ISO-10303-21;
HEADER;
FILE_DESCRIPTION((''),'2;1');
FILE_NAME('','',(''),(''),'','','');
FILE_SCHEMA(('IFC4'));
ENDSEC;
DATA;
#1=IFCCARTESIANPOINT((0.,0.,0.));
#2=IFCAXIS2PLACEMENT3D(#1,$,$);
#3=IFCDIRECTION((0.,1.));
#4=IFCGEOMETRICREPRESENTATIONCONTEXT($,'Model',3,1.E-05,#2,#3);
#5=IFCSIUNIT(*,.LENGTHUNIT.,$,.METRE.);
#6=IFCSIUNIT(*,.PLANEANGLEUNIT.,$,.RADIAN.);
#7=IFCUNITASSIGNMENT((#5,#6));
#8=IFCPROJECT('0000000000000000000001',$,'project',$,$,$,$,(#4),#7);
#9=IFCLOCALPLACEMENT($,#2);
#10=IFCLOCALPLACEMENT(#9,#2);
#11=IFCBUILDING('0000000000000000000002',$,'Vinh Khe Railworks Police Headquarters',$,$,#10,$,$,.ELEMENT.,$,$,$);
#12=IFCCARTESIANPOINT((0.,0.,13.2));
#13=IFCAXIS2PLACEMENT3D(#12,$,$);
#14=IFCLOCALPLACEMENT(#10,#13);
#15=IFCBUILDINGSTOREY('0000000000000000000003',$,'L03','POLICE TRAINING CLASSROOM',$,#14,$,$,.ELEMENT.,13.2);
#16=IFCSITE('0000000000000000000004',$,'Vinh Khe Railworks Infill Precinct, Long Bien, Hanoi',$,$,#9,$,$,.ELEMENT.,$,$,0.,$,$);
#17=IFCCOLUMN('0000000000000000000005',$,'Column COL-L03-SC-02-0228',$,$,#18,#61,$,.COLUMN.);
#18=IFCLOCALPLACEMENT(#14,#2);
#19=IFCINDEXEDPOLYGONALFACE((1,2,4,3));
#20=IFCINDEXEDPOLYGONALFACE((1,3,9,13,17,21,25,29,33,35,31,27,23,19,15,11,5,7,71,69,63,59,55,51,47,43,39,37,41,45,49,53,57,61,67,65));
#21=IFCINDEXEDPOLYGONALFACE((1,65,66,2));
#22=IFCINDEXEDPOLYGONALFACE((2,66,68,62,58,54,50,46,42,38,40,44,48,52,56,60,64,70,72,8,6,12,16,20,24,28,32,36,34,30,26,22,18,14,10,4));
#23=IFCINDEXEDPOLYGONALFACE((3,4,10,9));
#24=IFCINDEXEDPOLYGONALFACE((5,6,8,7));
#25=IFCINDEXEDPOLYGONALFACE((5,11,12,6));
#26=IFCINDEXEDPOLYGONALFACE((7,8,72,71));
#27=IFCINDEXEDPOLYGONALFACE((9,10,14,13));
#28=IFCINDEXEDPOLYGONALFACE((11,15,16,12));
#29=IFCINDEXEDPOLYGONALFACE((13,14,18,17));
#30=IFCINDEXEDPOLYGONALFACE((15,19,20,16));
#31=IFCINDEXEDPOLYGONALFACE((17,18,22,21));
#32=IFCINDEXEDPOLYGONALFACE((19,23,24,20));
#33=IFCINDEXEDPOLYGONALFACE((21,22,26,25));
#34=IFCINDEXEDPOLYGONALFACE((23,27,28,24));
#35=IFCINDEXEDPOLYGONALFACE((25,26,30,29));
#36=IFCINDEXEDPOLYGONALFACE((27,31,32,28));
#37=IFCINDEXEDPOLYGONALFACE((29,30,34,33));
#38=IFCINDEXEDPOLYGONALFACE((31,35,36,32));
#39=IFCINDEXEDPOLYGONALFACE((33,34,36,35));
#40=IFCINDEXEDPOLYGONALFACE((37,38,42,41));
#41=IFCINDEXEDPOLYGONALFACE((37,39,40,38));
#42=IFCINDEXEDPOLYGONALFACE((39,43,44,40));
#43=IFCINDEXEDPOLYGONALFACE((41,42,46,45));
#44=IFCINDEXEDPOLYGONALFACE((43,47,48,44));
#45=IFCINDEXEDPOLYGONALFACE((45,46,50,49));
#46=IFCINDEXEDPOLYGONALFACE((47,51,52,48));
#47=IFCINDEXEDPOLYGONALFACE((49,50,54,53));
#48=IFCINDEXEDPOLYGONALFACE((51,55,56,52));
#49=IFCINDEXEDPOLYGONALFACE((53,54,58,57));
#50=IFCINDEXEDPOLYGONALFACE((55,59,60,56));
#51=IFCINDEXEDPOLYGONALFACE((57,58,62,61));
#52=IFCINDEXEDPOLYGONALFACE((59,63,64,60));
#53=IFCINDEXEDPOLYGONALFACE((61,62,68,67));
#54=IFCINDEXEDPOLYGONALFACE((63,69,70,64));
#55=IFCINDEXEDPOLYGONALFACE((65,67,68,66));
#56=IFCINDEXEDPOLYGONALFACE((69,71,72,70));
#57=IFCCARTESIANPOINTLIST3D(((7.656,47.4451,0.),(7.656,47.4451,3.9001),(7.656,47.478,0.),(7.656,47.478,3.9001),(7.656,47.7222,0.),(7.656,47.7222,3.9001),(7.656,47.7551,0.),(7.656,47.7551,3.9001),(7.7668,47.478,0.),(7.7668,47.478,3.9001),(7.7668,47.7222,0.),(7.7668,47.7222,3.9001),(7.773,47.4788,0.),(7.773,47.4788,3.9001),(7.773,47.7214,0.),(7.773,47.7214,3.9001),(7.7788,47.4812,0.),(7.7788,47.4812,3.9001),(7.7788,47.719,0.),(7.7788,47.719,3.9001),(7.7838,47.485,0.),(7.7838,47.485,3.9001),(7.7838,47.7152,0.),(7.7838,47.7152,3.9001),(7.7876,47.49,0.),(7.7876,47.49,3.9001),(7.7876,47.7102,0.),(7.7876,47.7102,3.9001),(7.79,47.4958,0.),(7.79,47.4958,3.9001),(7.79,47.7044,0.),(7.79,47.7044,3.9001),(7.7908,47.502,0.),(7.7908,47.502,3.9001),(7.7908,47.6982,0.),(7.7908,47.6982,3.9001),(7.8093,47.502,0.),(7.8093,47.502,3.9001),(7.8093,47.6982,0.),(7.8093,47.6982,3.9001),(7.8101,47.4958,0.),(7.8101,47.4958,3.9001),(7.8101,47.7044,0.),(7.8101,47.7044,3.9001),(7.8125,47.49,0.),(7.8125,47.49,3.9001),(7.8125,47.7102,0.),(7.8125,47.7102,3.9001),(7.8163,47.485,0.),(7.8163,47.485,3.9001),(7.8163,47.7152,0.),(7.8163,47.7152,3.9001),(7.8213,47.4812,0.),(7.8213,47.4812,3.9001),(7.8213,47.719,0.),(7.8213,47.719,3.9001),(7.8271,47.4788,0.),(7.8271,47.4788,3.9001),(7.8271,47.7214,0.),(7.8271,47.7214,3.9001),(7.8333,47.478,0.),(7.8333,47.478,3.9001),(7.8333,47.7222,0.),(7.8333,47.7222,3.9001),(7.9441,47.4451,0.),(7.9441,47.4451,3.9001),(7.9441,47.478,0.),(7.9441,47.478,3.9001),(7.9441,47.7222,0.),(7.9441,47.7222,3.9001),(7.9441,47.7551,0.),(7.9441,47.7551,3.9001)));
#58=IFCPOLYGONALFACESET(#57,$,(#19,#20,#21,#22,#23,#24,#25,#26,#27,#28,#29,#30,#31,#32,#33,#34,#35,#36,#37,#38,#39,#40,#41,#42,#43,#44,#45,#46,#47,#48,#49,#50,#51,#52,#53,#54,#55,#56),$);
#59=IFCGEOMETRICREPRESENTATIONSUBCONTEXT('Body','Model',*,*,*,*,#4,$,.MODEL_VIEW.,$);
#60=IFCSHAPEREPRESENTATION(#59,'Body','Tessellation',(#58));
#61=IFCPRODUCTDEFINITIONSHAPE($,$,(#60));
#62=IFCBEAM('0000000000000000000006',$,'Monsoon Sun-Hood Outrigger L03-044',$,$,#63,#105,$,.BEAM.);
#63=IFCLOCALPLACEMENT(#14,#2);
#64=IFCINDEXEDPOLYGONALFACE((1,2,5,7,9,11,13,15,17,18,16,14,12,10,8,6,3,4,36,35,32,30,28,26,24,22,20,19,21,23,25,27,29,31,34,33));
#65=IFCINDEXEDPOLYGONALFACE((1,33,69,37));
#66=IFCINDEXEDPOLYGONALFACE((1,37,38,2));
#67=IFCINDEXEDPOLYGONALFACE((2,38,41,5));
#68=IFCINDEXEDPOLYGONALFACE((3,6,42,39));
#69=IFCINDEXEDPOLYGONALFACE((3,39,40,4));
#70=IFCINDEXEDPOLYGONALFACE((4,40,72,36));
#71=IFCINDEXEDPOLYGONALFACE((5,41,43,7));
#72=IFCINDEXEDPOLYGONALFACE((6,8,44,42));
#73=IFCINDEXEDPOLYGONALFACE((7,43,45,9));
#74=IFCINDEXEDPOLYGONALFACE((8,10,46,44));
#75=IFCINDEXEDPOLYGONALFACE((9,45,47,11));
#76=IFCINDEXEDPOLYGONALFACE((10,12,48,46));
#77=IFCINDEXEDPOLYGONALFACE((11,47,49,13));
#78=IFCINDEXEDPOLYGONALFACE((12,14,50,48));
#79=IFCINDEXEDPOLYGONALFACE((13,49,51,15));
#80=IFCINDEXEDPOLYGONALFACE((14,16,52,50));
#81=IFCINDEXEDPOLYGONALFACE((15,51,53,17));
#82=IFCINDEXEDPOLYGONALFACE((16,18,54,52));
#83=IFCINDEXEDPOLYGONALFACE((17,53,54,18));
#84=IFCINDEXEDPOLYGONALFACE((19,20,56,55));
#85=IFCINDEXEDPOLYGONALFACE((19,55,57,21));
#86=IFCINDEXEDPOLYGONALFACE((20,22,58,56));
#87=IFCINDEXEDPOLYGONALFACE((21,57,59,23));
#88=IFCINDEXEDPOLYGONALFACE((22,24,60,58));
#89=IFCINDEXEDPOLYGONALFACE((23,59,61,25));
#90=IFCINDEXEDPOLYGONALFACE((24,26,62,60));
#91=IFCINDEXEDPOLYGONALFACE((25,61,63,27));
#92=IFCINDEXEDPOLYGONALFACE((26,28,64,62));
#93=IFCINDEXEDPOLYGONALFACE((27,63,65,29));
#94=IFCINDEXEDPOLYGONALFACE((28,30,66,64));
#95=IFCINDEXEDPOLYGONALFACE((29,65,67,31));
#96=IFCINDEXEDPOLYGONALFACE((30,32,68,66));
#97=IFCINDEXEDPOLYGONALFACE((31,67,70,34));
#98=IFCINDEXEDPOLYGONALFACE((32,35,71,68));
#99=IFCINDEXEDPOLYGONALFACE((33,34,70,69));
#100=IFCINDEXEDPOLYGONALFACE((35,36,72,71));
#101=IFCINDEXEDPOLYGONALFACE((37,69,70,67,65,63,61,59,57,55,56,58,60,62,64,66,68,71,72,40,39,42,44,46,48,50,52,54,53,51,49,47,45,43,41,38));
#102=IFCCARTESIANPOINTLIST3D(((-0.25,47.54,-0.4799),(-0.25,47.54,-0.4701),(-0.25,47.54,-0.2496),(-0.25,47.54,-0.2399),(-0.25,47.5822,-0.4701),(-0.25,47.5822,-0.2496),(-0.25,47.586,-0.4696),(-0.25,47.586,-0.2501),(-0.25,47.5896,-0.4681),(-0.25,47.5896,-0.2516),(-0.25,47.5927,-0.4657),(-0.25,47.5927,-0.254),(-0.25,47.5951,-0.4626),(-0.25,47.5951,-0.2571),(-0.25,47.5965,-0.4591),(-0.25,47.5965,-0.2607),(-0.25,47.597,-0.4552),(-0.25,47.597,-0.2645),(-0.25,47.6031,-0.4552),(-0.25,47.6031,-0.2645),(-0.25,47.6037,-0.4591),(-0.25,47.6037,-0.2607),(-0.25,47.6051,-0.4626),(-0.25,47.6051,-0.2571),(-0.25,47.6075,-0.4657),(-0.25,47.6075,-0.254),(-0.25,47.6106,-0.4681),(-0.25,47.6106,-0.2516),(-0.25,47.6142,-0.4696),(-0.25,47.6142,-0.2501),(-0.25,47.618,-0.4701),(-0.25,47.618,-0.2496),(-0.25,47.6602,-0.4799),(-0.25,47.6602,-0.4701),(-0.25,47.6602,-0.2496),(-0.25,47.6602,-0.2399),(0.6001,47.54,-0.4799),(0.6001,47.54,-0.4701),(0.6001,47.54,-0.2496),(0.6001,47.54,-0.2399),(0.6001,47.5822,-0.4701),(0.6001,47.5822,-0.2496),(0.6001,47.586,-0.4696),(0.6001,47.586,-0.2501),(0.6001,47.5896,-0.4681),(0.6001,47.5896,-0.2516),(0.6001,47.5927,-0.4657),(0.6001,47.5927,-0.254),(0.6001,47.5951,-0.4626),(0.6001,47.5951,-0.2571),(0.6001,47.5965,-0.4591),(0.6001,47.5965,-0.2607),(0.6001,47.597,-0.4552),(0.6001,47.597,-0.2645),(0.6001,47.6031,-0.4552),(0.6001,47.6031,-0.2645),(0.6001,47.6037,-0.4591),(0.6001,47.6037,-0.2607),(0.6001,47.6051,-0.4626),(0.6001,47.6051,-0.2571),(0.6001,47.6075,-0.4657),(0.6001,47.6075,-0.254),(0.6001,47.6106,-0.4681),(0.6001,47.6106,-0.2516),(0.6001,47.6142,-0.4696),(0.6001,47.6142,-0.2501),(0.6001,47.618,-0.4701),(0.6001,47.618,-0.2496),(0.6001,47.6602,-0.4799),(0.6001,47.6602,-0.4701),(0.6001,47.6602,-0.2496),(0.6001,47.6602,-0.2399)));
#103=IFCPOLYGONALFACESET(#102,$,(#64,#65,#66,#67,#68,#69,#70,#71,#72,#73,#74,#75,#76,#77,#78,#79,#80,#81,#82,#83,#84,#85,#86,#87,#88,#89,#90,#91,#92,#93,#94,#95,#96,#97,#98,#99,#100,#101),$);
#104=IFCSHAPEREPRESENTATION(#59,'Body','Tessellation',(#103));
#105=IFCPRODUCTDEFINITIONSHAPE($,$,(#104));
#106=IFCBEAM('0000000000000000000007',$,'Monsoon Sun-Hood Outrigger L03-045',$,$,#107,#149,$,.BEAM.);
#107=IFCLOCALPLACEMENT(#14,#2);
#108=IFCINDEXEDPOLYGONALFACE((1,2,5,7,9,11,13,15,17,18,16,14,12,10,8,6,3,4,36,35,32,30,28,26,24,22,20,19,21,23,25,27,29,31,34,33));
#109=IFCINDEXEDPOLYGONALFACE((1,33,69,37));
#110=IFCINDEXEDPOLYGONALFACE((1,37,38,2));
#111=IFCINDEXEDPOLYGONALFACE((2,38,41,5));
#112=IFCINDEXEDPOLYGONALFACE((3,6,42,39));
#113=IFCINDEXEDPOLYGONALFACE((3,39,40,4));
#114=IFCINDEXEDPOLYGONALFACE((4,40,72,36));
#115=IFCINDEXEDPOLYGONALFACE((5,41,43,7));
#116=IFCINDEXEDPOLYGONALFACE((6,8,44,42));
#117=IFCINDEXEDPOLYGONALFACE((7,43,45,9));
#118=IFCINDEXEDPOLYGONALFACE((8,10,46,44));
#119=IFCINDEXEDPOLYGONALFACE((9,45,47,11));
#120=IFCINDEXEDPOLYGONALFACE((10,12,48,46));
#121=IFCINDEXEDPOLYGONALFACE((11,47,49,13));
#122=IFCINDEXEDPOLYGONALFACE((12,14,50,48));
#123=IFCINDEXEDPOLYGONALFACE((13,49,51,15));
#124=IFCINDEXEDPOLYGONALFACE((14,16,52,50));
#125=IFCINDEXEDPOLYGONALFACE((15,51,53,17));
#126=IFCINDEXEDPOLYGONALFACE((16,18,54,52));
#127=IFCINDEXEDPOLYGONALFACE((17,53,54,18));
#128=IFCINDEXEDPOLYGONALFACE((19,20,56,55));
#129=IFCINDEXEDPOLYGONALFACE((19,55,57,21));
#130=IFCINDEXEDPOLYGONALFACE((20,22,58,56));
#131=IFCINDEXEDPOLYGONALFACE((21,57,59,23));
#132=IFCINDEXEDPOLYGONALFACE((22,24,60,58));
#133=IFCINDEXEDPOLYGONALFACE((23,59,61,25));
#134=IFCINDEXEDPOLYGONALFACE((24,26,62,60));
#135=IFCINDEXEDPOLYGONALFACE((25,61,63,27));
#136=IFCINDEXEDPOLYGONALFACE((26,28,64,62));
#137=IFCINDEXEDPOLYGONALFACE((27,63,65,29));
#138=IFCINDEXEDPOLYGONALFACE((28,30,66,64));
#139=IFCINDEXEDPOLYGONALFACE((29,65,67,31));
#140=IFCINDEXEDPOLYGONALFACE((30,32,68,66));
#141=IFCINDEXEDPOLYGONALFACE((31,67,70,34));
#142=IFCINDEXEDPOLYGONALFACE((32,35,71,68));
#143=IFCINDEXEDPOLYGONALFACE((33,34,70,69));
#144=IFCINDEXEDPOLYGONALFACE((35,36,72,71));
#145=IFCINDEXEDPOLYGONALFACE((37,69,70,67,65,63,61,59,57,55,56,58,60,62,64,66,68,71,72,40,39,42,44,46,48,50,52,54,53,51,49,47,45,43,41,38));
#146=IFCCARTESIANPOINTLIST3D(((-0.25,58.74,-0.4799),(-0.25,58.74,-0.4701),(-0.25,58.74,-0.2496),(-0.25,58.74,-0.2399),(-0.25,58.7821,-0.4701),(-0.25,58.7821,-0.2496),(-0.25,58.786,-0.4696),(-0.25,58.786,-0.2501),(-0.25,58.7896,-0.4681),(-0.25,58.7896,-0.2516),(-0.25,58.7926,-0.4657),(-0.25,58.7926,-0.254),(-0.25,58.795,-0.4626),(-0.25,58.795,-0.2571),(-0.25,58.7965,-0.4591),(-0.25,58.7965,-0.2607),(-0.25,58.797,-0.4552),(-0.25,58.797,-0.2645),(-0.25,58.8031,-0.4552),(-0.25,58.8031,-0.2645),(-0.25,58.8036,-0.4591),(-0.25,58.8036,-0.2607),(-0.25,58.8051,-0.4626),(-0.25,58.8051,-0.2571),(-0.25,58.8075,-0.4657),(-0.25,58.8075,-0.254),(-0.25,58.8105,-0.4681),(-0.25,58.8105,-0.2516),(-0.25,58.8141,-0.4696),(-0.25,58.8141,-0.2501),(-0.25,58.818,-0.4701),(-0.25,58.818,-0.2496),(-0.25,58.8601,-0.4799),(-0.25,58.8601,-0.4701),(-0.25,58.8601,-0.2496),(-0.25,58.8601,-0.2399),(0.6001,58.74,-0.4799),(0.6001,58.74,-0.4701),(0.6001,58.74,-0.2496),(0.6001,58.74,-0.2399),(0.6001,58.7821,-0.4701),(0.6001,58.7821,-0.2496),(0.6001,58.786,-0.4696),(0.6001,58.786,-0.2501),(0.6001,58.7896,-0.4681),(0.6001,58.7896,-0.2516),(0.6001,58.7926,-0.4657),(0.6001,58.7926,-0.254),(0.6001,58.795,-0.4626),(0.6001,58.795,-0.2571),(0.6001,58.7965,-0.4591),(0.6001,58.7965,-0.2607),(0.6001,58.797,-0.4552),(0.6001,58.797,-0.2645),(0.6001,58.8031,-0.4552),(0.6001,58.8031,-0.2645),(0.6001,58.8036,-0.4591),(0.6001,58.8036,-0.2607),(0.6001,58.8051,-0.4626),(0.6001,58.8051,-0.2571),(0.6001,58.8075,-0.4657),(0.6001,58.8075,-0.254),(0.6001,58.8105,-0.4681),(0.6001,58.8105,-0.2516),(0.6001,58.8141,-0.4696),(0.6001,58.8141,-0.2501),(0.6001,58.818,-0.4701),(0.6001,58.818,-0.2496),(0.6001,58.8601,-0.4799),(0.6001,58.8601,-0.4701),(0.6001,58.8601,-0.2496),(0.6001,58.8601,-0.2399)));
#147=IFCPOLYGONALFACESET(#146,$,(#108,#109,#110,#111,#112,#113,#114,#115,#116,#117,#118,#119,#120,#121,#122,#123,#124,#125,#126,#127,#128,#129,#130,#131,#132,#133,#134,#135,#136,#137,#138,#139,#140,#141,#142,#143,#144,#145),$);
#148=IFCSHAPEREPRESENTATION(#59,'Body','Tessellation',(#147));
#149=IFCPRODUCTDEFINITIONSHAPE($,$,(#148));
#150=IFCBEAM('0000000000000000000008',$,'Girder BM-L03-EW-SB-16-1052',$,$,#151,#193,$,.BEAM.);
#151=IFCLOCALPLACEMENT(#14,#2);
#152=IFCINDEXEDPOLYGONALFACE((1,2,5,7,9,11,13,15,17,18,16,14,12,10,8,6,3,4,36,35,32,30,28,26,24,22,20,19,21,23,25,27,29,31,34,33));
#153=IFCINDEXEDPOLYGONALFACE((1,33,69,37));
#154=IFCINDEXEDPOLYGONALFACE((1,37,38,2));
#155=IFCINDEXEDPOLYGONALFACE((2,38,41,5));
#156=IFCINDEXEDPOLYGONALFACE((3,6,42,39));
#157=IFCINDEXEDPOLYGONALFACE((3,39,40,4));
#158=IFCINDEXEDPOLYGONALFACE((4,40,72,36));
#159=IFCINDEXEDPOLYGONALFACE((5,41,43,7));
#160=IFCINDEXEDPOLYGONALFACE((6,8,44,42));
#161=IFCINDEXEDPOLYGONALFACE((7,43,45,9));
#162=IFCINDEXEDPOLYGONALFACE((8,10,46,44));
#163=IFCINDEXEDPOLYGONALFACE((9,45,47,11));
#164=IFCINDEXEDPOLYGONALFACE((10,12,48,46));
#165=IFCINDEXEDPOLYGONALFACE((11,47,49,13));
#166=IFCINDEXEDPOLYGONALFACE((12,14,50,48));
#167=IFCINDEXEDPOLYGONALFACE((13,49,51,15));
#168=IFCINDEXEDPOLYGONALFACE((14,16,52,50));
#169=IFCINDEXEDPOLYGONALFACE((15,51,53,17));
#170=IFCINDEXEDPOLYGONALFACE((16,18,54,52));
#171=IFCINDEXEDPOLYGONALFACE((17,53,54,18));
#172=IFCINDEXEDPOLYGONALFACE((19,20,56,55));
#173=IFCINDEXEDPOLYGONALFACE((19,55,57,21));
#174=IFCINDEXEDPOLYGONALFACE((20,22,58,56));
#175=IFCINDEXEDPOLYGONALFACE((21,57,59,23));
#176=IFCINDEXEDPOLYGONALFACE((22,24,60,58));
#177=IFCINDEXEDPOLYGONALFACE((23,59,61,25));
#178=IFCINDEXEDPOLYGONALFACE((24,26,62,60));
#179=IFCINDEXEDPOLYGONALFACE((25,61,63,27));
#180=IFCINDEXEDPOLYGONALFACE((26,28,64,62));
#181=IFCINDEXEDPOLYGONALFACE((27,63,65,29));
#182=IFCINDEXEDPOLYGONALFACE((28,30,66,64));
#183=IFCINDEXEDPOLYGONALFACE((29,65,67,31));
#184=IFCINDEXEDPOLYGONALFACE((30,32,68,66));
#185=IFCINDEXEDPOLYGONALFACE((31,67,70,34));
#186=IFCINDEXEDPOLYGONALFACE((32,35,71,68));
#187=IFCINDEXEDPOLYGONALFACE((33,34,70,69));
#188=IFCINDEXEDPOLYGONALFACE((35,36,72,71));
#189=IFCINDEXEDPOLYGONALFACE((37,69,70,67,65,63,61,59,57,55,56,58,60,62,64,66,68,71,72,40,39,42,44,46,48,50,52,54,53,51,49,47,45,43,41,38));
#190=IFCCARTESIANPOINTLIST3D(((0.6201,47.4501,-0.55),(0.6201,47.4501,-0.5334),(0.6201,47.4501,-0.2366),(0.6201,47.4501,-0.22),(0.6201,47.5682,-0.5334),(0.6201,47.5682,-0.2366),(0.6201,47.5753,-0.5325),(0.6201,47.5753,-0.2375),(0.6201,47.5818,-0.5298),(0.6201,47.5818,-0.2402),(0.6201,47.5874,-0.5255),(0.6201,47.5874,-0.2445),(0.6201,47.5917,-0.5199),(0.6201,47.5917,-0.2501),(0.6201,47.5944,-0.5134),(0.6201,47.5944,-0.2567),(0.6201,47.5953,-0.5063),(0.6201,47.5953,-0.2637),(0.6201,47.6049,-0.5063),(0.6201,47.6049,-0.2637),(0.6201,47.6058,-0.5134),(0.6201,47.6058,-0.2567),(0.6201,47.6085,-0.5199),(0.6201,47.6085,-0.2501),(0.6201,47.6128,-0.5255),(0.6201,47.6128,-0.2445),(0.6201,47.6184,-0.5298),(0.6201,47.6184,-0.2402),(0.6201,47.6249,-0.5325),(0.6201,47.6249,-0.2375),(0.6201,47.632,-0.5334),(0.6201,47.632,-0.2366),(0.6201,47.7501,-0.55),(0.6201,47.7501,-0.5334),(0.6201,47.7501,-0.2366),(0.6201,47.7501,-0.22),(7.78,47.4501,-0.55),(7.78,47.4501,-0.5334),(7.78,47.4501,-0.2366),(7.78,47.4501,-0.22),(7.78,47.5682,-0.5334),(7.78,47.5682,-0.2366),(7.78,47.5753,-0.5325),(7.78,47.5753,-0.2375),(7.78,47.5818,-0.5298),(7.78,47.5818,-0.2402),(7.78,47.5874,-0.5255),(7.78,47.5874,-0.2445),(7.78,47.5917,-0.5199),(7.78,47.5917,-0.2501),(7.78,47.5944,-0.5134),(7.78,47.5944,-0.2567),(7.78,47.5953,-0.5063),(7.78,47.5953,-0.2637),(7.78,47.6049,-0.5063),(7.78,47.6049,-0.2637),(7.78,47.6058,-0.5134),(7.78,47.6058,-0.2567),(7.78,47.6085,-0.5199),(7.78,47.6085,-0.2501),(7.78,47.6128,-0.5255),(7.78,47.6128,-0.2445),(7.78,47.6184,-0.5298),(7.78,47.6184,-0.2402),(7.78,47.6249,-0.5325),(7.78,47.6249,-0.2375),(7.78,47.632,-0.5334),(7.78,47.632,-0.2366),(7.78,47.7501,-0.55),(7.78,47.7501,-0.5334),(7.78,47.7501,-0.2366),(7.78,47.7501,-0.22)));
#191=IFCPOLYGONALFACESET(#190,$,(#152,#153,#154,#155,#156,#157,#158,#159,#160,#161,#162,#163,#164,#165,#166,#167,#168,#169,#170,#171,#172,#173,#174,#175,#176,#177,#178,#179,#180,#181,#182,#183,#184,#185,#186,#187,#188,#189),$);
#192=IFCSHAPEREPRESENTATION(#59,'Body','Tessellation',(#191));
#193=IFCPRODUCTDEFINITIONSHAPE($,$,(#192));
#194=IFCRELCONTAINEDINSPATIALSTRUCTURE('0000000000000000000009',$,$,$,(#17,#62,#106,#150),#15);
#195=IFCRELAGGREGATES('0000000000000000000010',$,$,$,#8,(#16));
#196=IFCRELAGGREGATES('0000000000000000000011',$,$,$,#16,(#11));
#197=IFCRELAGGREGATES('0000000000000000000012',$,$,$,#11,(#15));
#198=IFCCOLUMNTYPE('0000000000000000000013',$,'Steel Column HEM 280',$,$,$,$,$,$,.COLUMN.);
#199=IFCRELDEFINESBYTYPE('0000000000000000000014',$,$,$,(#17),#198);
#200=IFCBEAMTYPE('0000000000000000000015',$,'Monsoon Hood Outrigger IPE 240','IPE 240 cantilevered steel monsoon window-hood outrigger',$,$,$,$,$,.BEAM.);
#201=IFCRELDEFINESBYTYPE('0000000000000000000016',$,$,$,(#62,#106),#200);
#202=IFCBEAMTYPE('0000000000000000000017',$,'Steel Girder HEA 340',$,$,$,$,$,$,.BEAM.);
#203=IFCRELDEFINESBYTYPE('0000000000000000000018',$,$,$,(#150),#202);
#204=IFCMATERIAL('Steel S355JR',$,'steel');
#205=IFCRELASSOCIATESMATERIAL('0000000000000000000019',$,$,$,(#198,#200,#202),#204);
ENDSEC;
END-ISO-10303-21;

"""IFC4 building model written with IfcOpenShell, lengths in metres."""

from ifc_helpers import new_model, si_unit, direction, frame, origin, origin_2d, place, context, subcontext, project, spatial, i_section, extrude, material, material_profile, profile_set, type_object, element, save


model = new_model("IFC4")

# Units and contexts
model_context = context("Model", 3, precision=1e-05, world=origin(), true_north=direction((0.0, 1.0)))
body_context = subcontext(model_context, "Body", "Model", "MODEL_VIEW")
ifc_project = project(units=[si_unit("LENGTHUNIT", "METRE"), si_unit("PLANEANGLEUNIT", "RADIAN")], contexts=[model_context])

# Site, building, storey
site_placement = place(None, origin())
site = spatial("IfcSite", under=ifc_project, at=site_placement, Name="Vinh Khe Railworks Infill Precinct, Long Bien, Hanoi", CompositionType="ELEMENT", RefElevation=0.0)
building_placement = place(site_placement, origin())
building = spatial("IfcBuilding", under=site, at=building_placement, Name="Vinh Khe Railworks Police Headquarters", CompositionType="ELEMENT")
storey_placement = place(building_placement, frame((0.0, 0.0, 13.2)))
storey = spatial("IfcBuildingStorey", under=building, at=storey_placement, Name="L03", Description="POLICE TRAINING CLASSROOM", CompositionType="ELEMENT", Elevation=13.2)

# Column
ifc_material_1 = material(Name="Steel S355JR", Category="steel")
ifc_material_profile_1 = material_profile(ifc_material_1, i_section(OverallWidth=0.2881, OverallDepth=0.3101, WebThickness=0.0186, FlangeThickness=0.033, FilletRadius=0.0239, at=origin_2d()), Name="HEM 280")
ifc_profile_set_1 = profile_set([ifc_material_profile_1], Name="Steel S355JR")
column_type_1 = type_object("IfcColumnType", Name="Steel Column HEM 280", PredefinedType="COLUMN", material=ifc_profile_set_1)
column_1_placement = place(storey_placement, frame((7.8, 47.6001, 0.0), z_axis=(0.0, 0.0, 1.0), x_axis=(1.0, 0.0, 0.0)))
element("IfcColumn", 1, at=column_1_placement, inside=storey, type_object=column_type_1, Name="Column COL-L03-SC-02-0228", PredefinedType="COLUMN", context=body_context, shape_type="SweptSolid", body=[
    extrude(i_section(OverallWidth=0.2881, OverallDepth=0.3101, WebThickness=0.0186, FlangeThickness=0.033, FilletRadius=0.0239, at=origin_2d()), origin(), (0.0, 0.0, 1.0), 3.9001),
])

# Beams
ifc_material_profile_2 = material_profile(ifc_material_1, i_section(OverallWidth=0.1201, OverallDepth=0.24, WebThickness=0.0061, FlangeThickness=0.0098, FilletRadius=0.0149, at=origin_2d()), Name="IPE 240")
ifc_profile_set_2 = profile_set([ifc_material_profile_2], Name="Steel S355JR")
beam_type_1 = type_object("IfcBeamType", Name="Monsoon Hood Outrigger IPE 240", Description="IPE 240 cantilevered steel monsoon window-hood outrigger", PredefinedType="BEAM", material=ifc_profile_set_2)
for number, where, z_axis, x_axis, name in (
    (2, (-0.25, 47.6001, -0.3599), (1.0, 0.0, 0.0), (0.0, 1.0, 0.0), "Monsoon Sun-Hood Outrigger L03-044"),
    (3, (-0.25, 58.8, -0.3599), (1.0, 0.0, 0.0), (0.0, 1.0, 0.0), "Monsoon Sun-Hood Outrigger L03-045"),
):
    element("IfcBeam", number, at=place(storey_placement, frame(where, z_axis=z_axis, x_axis=x_axis)), inside=storey, type_object=beam_type_1, Name=name, PredefinedType="BEAM", context=body_context, shape_type="SweptSolid", body=[
        extrude(i_section(OverallWidth=0.1201, OverallDepth=0.24, WebThickness=0.0061, FlangeThickness=0.0098, FilletRadius=0.0149, at=origin_2d()), origin(), (0.0, 0.0, 1.0), 0.8501),
    ])
ifc_material_profile_3 = material_profile(ifc_material_1, i_section(OverallWidth=0.3, OverallDepth=0.3301, WebThickness=0.0095, FlangeThickness=0.0166, FilletRadius=0.0271, at=origin_2d()), Name="HEA 340")
ifc_profile_set_3 = profile_set([ifc_material_profile_3], Name="Steel S355JR")
beam_type_2 = type_object("IfcBeamType", Name="Steel Girder HEA 340", PredefinedType="BEAM", material=ifc_profile_set_3)
for number, where, z_axis, x_axis, name in (
    (4, (0.6201, 47.6001, -0.385), (1.0, 0.0, 0.0), (0.0, 1.0, 0.0), "Girder BM-L03-EW-SB-16-1052"),
):
    element("IfcBeam", number, at=place(storey_placement, frame(where, z_axis=z_axis, x_axis=x_axis)), inside=storey, type_object=beam_type_2, Name=name, PredefinedType="BEAM", context=body_context, shape_type="SweptSolid", body=[
        extrude(i_section(OverallWidth=0.3, OverallDepth=0.3301, WebThickness=0.0095, FlangeThickness=0.0166, FilletRadius=0.0271, at=origin_2d()), origin(), (0.0, 0.0, 1.0), 7.1599),
    ])

save(model, "model.ifc")
